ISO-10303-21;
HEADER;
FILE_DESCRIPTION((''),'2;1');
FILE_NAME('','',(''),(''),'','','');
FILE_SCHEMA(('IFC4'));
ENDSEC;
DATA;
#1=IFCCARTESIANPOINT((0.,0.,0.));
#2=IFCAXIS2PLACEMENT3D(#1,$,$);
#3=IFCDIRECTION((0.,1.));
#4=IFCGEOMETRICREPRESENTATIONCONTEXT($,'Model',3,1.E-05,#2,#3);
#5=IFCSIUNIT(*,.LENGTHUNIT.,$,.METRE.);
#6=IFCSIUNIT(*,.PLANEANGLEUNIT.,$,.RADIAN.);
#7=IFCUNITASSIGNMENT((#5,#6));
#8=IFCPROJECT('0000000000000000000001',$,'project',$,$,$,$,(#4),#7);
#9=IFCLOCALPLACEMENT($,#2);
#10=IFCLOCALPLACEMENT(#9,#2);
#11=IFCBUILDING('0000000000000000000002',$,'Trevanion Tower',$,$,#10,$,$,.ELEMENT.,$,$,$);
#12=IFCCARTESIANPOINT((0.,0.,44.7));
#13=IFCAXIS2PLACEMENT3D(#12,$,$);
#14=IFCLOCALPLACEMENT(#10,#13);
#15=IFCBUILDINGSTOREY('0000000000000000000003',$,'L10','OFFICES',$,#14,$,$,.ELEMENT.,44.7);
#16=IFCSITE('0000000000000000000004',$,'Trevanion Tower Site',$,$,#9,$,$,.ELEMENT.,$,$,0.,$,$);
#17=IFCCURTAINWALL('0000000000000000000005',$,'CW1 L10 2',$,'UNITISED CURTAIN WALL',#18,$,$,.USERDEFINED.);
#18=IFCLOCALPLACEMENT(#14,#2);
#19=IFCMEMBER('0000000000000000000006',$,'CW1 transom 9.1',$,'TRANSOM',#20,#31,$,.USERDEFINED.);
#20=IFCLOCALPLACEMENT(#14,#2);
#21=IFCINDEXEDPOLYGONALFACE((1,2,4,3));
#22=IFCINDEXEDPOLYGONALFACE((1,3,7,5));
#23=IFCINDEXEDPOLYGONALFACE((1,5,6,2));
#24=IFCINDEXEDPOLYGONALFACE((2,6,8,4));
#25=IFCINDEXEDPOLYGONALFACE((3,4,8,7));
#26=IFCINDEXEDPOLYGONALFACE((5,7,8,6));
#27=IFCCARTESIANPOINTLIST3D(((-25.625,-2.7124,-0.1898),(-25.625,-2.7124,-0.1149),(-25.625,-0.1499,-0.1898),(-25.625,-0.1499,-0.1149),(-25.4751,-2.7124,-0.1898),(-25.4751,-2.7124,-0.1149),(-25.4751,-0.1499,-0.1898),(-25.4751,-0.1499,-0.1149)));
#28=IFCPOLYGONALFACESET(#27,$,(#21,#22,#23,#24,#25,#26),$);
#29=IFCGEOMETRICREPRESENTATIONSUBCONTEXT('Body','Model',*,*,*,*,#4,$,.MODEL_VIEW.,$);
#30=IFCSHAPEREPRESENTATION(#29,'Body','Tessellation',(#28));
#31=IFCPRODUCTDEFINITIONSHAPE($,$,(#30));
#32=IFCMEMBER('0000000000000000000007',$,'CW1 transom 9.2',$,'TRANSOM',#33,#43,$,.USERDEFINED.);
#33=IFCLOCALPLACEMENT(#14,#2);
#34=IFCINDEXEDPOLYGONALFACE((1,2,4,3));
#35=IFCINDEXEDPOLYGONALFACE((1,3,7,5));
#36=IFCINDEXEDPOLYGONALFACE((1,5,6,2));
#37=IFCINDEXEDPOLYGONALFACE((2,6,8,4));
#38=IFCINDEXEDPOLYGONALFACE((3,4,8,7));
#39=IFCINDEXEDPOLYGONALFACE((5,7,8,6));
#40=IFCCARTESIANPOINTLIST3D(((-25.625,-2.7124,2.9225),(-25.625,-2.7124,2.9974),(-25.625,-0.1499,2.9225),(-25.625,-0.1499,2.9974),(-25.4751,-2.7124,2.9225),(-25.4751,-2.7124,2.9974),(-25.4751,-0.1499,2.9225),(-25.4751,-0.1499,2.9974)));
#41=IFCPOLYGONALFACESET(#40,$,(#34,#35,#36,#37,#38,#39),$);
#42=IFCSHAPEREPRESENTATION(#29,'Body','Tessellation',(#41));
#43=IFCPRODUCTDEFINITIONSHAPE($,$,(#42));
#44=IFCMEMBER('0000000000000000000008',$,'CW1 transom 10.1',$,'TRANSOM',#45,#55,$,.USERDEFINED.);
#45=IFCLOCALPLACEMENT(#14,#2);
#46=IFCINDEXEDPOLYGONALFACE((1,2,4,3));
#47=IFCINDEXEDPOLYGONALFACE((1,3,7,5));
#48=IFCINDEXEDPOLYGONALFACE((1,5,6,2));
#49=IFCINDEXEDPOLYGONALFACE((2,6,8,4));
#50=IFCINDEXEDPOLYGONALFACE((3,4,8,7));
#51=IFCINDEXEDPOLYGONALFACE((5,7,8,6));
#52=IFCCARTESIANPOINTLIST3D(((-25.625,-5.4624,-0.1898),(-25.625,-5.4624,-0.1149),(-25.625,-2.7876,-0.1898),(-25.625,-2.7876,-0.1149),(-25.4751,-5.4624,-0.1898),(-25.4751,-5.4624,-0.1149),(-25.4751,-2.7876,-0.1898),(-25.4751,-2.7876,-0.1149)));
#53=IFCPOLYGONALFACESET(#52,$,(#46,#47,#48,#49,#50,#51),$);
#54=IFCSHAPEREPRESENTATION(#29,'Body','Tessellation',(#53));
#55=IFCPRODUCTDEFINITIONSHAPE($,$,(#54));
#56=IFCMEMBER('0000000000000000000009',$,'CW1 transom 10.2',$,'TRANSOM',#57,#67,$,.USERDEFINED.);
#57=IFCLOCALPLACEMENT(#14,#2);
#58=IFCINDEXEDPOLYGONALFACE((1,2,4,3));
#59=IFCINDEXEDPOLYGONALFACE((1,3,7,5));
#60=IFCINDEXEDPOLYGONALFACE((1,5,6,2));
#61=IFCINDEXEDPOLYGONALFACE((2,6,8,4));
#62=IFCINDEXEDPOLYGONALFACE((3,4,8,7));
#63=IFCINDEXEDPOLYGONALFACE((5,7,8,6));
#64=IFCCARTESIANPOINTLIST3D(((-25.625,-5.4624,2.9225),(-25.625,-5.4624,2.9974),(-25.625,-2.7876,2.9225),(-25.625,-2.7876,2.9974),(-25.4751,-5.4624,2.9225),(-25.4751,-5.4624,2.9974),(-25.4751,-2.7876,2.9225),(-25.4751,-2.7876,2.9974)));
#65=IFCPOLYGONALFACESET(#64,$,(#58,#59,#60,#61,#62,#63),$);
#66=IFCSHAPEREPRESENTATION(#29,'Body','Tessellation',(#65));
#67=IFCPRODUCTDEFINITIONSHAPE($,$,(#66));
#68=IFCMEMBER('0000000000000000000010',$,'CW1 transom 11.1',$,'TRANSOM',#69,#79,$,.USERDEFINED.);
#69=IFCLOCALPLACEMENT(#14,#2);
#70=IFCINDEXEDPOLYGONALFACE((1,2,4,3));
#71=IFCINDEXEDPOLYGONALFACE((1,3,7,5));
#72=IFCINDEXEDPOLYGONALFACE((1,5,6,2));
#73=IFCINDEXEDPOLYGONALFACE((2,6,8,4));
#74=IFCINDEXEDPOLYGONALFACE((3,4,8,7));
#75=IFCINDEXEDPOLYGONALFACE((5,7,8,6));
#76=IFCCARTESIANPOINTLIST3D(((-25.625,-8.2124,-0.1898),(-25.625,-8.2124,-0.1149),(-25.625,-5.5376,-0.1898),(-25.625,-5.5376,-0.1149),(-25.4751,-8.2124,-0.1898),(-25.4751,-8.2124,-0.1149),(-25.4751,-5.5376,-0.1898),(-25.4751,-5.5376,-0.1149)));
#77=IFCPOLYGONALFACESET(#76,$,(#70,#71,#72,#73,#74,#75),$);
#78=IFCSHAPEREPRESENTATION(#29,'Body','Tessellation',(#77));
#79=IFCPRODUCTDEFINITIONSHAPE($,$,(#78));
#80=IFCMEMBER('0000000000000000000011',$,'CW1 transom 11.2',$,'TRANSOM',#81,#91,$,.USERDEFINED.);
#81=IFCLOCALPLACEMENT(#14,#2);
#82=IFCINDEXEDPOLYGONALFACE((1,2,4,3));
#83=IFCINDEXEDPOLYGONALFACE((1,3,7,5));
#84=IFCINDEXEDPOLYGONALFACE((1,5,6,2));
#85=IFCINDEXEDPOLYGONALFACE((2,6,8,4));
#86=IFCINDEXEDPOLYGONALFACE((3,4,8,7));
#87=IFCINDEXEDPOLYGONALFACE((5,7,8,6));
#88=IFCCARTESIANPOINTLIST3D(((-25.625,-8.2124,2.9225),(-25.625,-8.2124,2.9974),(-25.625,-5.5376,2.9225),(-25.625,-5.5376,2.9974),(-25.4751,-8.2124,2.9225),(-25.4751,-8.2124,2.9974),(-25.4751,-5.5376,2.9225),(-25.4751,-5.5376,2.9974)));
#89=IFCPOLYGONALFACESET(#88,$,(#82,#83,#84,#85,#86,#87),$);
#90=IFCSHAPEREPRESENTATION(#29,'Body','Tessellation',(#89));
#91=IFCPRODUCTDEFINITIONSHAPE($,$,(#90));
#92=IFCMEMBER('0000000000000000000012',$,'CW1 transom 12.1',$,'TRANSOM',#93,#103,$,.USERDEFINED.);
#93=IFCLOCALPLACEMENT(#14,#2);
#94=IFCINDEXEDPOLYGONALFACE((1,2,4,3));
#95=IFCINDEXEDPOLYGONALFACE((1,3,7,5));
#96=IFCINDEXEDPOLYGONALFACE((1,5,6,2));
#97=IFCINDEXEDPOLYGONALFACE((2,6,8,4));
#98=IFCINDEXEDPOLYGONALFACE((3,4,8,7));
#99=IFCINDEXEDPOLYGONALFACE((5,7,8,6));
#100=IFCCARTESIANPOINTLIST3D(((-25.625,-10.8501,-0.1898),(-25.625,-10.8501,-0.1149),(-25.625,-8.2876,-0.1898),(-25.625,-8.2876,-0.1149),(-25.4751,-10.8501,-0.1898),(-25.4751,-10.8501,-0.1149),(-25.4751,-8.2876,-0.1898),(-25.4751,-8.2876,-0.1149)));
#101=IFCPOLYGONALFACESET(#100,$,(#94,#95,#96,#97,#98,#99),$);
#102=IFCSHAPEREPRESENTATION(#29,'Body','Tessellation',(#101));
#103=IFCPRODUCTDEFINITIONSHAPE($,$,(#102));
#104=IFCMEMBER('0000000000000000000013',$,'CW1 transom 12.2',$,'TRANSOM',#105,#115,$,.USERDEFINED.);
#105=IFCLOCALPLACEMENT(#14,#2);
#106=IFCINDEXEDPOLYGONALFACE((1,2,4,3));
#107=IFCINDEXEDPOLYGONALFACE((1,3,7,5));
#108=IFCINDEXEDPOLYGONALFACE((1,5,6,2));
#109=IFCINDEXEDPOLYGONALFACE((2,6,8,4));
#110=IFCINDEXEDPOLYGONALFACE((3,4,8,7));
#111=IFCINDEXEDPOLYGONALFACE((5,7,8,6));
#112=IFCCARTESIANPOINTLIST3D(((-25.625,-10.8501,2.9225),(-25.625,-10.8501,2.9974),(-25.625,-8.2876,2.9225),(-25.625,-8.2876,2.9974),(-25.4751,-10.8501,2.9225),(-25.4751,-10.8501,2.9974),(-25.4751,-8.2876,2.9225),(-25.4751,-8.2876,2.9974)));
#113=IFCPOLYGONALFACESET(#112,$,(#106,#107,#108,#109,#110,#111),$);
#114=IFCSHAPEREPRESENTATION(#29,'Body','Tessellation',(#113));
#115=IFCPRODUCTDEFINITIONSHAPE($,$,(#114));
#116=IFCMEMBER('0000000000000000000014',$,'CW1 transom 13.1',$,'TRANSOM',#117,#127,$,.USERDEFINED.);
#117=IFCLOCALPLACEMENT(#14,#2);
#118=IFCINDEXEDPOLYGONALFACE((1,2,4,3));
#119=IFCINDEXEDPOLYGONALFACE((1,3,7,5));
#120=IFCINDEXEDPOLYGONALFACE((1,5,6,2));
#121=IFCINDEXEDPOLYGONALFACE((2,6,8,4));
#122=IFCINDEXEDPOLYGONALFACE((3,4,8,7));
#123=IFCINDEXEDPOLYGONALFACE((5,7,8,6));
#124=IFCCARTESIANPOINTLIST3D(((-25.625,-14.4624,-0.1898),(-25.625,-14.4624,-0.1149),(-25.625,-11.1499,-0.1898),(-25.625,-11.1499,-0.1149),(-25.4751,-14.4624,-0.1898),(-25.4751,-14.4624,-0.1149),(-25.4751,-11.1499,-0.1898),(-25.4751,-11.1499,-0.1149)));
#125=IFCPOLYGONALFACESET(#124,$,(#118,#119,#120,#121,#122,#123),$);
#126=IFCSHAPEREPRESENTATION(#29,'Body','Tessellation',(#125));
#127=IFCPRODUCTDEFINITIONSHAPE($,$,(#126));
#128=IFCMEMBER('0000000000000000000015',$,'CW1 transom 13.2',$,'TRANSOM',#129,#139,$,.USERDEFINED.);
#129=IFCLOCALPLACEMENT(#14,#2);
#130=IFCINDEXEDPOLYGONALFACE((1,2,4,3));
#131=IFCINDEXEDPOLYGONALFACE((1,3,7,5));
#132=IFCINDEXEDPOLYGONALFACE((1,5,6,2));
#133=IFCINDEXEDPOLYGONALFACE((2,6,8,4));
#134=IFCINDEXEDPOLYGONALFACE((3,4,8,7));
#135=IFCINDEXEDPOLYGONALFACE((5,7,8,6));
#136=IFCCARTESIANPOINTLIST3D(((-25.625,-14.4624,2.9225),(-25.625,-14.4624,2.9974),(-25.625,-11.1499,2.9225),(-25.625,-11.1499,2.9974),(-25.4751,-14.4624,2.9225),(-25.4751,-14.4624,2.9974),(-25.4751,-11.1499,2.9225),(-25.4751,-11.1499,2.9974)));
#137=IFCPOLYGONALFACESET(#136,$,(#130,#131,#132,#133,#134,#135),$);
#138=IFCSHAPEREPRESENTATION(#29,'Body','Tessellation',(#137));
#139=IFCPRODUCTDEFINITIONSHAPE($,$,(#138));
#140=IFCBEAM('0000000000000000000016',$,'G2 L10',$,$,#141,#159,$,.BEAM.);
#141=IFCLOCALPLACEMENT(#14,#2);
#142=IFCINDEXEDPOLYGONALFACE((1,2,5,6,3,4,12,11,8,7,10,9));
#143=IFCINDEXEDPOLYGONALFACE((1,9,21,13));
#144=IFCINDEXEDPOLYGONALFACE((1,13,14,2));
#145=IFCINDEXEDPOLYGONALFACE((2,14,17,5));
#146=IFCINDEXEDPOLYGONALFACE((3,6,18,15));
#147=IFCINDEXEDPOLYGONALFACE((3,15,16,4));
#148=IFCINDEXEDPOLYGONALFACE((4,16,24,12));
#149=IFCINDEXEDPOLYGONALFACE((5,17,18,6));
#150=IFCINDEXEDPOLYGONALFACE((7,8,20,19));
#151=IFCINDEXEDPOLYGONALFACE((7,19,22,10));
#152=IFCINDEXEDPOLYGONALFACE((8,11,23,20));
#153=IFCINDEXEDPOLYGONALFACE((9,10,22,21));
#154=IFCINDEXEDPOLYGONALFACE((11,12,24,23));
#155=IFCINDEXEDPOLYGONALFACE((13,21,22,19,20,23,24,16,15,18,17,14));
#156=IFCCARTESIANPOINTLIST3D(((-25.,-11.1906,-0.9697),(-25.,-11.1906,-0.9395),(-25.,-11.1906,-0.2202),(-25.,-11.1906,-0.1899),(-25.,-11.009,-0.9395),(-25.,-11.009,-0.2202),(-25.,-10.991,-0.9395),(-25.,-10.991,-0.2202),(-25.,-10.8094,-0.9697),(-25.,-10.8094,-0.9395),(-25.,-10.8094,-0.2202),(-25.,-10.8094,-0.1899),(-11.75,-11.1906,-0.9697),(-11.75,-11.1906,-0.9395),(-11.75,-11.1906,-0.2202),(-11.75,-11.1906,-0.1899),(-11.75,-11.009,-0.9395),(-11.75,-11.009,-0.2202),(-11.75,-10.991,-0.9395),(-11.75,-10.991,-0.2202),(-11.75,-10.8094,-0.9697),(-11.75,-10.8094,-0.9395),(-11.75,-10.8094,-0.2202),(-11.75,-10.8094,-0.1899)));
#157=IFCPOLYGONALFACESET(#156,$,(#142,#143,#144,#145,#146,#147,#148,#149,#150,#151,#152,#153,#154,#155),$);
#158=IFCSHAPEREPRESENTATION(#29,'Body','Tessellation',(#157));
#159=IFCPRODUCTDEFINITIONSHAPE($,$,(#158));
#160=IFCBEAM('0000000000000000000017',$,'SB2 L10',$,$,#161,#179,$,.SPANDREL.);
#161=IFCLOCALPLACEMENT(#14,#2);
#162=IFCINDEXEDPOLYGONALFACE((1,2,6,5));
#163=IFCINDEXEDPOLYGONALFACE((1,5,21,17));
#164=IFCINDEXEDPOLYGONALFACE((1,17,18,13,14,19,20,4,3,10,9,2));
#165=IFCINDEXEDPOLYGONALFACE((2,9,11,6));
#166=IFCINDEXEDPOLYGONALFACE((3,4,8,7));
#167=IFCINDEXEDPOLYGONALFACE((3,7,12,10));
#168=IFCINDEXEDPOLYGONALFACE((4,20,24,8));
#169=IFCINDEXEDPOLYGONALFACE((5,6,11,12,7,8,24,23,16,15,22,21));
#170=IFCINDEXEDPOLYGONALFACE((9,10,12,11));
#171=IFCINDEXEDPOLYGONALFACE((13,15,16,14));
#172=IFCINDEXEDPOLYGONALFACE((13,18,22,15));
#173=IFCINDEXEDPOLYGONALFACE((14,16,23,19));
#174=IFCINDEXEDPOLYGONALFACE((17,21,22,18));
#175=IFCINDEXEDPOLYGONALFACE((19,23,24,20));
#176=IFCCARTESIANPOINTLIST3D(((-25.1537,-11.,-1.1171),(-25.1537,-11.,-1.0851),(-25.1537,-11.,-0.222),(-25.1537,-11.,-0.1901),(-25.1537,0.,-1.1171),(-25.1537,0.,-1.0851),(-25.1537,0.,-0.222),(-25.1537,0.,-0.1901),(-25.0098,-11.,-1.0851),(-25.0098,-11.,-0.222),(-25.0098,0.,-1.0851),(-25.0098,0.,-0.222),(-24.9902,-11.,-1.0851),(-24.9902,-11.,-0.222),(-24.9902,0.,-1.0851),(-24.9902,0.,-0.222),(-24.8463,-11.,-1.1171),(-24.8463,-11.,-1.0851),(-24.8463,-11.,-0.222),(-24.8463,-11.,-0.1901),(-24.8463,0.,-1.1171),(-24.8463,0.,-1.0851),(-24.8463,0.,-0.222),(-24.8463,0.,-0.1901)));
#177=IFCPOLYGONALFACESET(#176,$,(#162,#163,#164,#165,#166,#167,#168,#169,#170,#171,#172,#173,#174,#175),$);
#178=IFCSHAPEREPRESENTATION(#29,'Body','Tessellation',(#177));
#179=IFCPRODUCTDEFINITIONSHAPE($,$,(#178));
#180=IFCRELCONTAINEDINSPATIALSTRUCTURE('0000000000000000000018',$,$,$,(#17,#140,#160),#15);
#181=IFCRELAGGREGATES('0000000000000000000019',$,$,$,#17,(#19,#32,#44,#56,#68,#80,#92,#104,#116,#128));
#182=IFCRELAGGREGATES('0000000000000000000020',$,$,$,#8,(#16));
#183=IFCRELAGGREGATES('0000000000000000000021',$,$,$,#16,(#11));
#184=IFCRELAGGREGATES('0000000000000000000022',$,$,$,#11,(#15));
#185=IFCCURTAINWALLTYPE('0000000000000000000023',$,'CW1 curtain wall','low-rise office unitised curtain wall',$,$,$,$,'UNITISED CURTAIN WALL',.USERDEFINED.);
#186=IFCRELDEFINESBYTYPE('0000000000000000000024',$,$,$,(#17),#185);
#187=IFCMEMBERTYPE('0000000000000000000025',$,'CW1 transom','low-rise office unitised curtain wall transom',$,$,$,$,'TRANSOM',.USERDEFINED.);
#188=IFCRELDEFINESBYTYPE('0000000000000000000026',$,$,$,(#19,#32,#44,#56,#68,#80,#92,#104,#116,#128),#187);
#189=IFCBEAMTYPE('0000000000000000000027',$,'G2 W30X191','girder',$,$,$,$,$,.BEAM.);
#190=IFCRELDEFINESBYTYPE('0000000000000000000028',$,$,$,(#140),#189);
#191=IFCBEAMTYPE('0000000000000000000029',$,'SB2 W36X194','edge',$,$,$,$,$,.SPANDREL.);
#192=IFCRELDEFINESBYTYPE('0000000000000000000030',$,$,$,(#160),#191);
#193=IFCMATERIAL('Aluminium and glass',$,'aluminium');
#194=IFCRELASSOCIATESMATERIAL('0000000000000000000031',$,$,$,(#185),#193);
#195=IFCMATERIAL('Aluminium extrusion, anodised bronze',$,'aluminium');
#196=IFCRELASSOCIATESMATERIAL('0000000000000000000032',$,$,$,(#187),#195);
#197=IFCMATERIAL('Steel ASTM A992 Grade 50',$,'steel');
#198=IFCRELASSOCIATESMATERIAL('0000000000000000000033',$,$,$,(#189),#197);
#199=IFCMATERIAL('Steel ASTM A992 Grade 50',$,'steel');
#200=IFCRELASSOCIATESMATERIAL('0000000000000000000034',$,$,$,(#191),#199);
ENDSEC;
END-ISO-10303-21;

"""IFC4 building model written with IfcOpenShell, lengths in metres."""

from ifc_helpers import new_model, si_unit, direction, frame, origin, origin_2d, place, context, subcontext, project, spatial, rectangle, i_section, extrude, material, material_profile, profile_set, type_object, element, aggregate, save


model = new_model("IFC4")

# Units and contexts
model_context = context("Model", 3, precision=1e-05, world=origin(), true_north=direction((0.0, 1.0)))
body_context = subcontext(model_context, "Body", "Model", "MODEL_VIEW")
ifc_project = project(units=[si_unit("LENGTHUNIT", "METRE"), si_unit("PLANEANGLEUNIT", "RADIAN")], contexts=[model_context])

# Site, building, storey
site_placement = place(None, origin())
site = spatial("IfcSite", under=ifc_project, at=site_placement, Name="Trevanion Tower Site", CompositionType="ELEMENT", RefElevation=0.0)
building_placement = place(site_placement, origin())
building = spatial("IfcBuilding", under=site, at=building_placement, Name="Trevanion Tower", CompositionType="ELEMENT")
storey_placement = place(building_placement, frame((0.0, 0.0, 44.7)))
storey = spatial("IfcBuildingStorey", under=building, at=storey_placement, Name="L10", Description="OFFICES", CompositionType="ELEMENT", Elevation=44.7)

# Curtain wall, members
ifc_material_1 = material(Name="Aluminium and glass", Category="aluminium")
curtain_wall_type = type_object("IfcCurtainWallType", Name="CW1 curtain wall", Description="low-rise office unitised curtain wall", ElementType="UNITISED CURTAIN WALL", PredefinedType="USERDEFINED", material=ifc_material_1)
curtain_wall_placement = place(storey_placement, origin())
curtain_wall = element("IfcCurtainWall", 1, at=curtain_wall_placement, inside=storey, type_object=curtain_wall_type, Name="CW1 L10 2", ObjectType="UNITISED CURTAIN WALL", PredefinedType="USERDEFINED")
ifc_material_2 = material(Name="Aluminium extrusion, anodised bronze", Category="aluminium")
ifc_material_profile_1 = material_profile(ifc_material_2, rectangle(XDim=0.1499, YDim=0.075, at=origin_2d()), Name="CW1 transom")
ifc_profile_set_1 = profile_set([ifc_material_profile_1], Name="Aluminium extrusion, anodised bronze")
member_type_1 = type_object("IfcMemberType", Name="CW1 transom", Description="low-rise office unitised curtain wall transom", ElementType="TRANSOM", PredefinedType="USERDEFINED", material=ifc_profile_set_1)
member_1_placement = place(storey_placement, frame((-25.55, -0.1499, -0.1523), z_axis=(0.0, -1.0, 0.0), x_axis=(1.0, 0.0, 0.0)))
member_1 = element("IfcMember", 2, at=member_1_placement, type_object=member_type_1, Name="CW1 transom 9.1", ObjectType="TRANSOM", PredefinedType="USERDEFINED", context=body_context, shape_type="SweptSolid", body=[
    extrude(rectangle(XDim=0.1499, YDim=0.075, at=origin_2d()), origin(), (0.0, 0.0, 1.0), 2.5625),
])
member_2_placement = place(storey_placement, frame((-25.55, -0.1499, 2.96), z_axis=(0.0, -1.0, 0.0), x_axis=(1.0, 0.0, 0.0)))
member_2 = element("IfcMember", 3, at=member_2_placement, type_object=member_type_1, Name="CW1 transom 9.2", ObjectType="TRANSOM", PredefinedType="USERDEFINED", context=body_context, shape_type="SweptSolid", body=[
    extrude(rectangle(XDim=0.1499, YDim=0.075, at=origin_2d()), origin(), (0.0, 0.0, 1.0), 2.5625),
])
member_3_placement = place(storey_placement, frame((-25.55, -2.7876, -0.1523), z_axis=(0.0, -1.0, 0.0), x_axis=(1.0, 0.0, 0.0)))
member_3 = element("IfcMember", 4, at=member_3_placement, type_object=member_type_1, Name="CW1 transom 10.1", ObjectType="TRANSOM", PredefinedType="USERDEFINED", context=body_context, shape_type="SweptSolid", body=[
    extrude(rectangle(XDim=0.1499, YDim=0.075, at=origin_2d()), origin(), (0.0, 0.0, 1.0), 2.6748),
])
member_4_placement = place(storey_placement, frame((-25.55, -2.7876, 2.96), z_axis=(0.0, -1.0, 0.0), x_axis=(1.0, 0.0, 0.0)))
member_4 = element("IfcMember", 5, at=member_4_placement, type_object=member_type_1, Name="CW1 transom 10.2", ObjectType="TRANSOM", PredefinedType="USERDEFINED", context=body_context, shape_type="SweptSolid", body=[
    extrude(rectangle(XDim=0.1499, YDim=0.075, at=origin_2d()), origin(), (0.0, 0.0, 1.0), 2.6748),
])
member_5_placement = place(storey_placement, frame((-25.55, -5.5376, -0.1523), z_axis=(0.0, -1.0, 0.0), x_axis=(1.0, 0.0, 0.0)))
member_5 = element("IfcMember", 6, at=member_5_placement, type_object=member_type_1, Name="CW1 transom 11.1", ObjectType="TRANSOM", PredefinedType="USERDEFINED", context=body_context, shape_type="SweptSolid", body=[
    extrude(rectangle(XDim=0.1499, YDim=0.075, at=origin_2d()), origin(), (0.0, 0.0, 1.0), 2.6748),
])
member_6_placement = place(storey_placement, frame((-25.55, -5.5376, 2.96), z_axis=(0.0, -1.0, 0.0), x_axis=(1.0, 0.0, 0.0)))
member_6 = element("IfcMember", 7, at=member_6_placement, type_object=member_type_1, Name="CW1 transom 11.2", ObjectType="TRANSOM", PredefinedType="USERDEFINED", context=body_context, shape_type="SweptSolid", body=[
    extrude(rectangle(XDim=0.1499, YDim=0.075, at=origin_2d()), origin(), (0.0, 0.0, 1.0), 2.6748),
])
member_7_placement = place(storey_placement, frame((-25.55, -8.2876, -0.1523), z_axis=(0.0, -1.0, 0.0), x_axis=(1.0, 0.0, 0.0)))
member_7 = element("IfcMember", 8, at=member_7_placement, type_object=member_type_1, Name="CW1 transom 12.1", ObjectType="TRANSOM", PredefinedType="USERDEFINED", context=body_context, shape_type="SweptSolid", body=[
    extrude(rectangle(XDim=0.1499, YDim=0.075, at=origin_2d()), origin(), (0.0, 0.0, 1.0), 2.5625),
])
member_8_placement = place(storey_placement, frame((-25.55, -8.2876, 2.96), z_axis=(0.0, -1.0, 0.0), x_axis=(1.0, 0.0, 0.0)))
member_8 = element("IfcMember", 9, at=member_8_placement, type_object=member_type_1, Name="CW1 transom 12.2", ObjectType="TRANSOM", PredefinedType="USERDEFINED", context=body_context, shape_type="SweptSolid", body=[
    extrude(rectangle(XDim=0.1499, YDim=0.075, at=origin_2d()), origin(), (0.0, 0.0, 1.0), 2.5625),
])
member_9_placement = place(storey_placement, frame((-25.55, -11.1499, -0.1523), z_axis=(0.0, -1.0, 0.0), x_axis=(1.0, 0.0, 0.0)))
member_9 = element("IfcMember", 10, at=member_9_placement, type_object=member_type_1, Name="CW1 transom 13.1", ObjectType="TRANSOM", PredefinedType="USERDEFINED", context=body_context, shape_type="SweptSolid", body=[
    extrude(rectangle(XDim=0.1499, YDim=0.075, at=origin_2d()), origin(), (0.0, 0.0, 1.0), 3.3125),
])
member_10_placement = place(storey_placement, frame((-25.55, -11.1499, 2.96), z_axis=(0.0, -1.0, 0.0), x_axis=(1.0, 0.0, 0.0)))
member_10 = element("IfcMember", 11, at=member_10_placement, type_object=member_type_1, Name="CW1 transom 13.2", ObjectType="TRANSOM", PredefinedType="USERDEFINED", context=body_context, shape_type="SweptSolid", body=[
    extrude(rectangle(XDim=0.1499, YDim=0.075, at=origin_2d()), origin(), (0.0, 0.0, 1.0), 3.3125),
])

# Beams
ifc_material_3 = material(Name="Steel ASTM A992 Grade 50", Category="steel")
ifc_material_profile_2 = material_profile(ifc_material_3, i_section(OverallWidth=0.3811, OverallDepth=0.7798, WebThickness=0.0181, FlangeThickness=0.0303, at=origin_2d()), Name="W30X191")
ifc_profile_set_2 = profile_set([ifc_material_profile_2], Name="Steel ASTM A992 Grade 50")
beam_type_1 = type_object("IfcBeamType", Name="G2 W30X191", Description="girder", PredefinedType="BEAM", material=ifc_profile_set_2)
beam_1_placement = place(storey_placement, frame((-11.75, -11.0, -0.5798), z_axis=(-1.0, 0.0, 0.0), x_axis=(0.0, -1.0, 0.0)))
element("IfcBeam", 12, at=beam_1_placement, inside=storey, type_object=beam_type_1, Name="G2 L10", PredefinedType="BEAM", context=body_context, shape_type="SweptSolid", body=[
    extrude(i_section(OverallWidth=0.3811, OverallDepth=0.7798, WebThickness=0.0181, FlangeThickness=0.0303, at=origin_2d()), origin(), (0.0, 0.0, 1.0), 13.25),
])
ifc_material_4 = material(Name="Steel ASTM A992 Grade 50", Category="steel")
ifc_material_profile_3 = material_profile(ifc_material_4, i_section(OverallWidth=0.3074, OverallDepth=0.927, WebThickness=0.0195, FlangeThickness=0.032, at=origin_2d()), Name="W36X194")
ifc_profile_set_3 = profile_set([ifc_material_profile_3], Name="Steel ASTM A992 Grade 50")
beam_type_2 = type_object("IfcBeamType", Name="SB2 W36X194", Description="edge", PredefinedType="SPANDREL", material=ifc_profile_set_3)
beam_2_placement = place(storey_placement, frame((-25.0, 0.0, -0.6536), z_axis=(0.0, -1.0, 0.0), x_axis=(1.0, 0.0, 0.0)))
element("IfcBeam", 13, at=beam_2_placement, inside=storey, type_object=beam_type_2, Name="SB2 L10", PredefinedType="SPANDREL", context=body_context, shape_type="SweptSolid", body=[
    extrude(i_section(OverallWidth=0.3074, OverallDepth=0.927, WebThickness=0.0195, FlangeThickness=0.032, at=origin_2d()), origin(), (0.0, 0.0, 1.0), 11.0),
])

aggregate(curtain_wall, [member_1, member_2, member_3, member_4, member_5, member_6, member_7, member_8, member_9, member_10])

save(model, "model.ifc")
